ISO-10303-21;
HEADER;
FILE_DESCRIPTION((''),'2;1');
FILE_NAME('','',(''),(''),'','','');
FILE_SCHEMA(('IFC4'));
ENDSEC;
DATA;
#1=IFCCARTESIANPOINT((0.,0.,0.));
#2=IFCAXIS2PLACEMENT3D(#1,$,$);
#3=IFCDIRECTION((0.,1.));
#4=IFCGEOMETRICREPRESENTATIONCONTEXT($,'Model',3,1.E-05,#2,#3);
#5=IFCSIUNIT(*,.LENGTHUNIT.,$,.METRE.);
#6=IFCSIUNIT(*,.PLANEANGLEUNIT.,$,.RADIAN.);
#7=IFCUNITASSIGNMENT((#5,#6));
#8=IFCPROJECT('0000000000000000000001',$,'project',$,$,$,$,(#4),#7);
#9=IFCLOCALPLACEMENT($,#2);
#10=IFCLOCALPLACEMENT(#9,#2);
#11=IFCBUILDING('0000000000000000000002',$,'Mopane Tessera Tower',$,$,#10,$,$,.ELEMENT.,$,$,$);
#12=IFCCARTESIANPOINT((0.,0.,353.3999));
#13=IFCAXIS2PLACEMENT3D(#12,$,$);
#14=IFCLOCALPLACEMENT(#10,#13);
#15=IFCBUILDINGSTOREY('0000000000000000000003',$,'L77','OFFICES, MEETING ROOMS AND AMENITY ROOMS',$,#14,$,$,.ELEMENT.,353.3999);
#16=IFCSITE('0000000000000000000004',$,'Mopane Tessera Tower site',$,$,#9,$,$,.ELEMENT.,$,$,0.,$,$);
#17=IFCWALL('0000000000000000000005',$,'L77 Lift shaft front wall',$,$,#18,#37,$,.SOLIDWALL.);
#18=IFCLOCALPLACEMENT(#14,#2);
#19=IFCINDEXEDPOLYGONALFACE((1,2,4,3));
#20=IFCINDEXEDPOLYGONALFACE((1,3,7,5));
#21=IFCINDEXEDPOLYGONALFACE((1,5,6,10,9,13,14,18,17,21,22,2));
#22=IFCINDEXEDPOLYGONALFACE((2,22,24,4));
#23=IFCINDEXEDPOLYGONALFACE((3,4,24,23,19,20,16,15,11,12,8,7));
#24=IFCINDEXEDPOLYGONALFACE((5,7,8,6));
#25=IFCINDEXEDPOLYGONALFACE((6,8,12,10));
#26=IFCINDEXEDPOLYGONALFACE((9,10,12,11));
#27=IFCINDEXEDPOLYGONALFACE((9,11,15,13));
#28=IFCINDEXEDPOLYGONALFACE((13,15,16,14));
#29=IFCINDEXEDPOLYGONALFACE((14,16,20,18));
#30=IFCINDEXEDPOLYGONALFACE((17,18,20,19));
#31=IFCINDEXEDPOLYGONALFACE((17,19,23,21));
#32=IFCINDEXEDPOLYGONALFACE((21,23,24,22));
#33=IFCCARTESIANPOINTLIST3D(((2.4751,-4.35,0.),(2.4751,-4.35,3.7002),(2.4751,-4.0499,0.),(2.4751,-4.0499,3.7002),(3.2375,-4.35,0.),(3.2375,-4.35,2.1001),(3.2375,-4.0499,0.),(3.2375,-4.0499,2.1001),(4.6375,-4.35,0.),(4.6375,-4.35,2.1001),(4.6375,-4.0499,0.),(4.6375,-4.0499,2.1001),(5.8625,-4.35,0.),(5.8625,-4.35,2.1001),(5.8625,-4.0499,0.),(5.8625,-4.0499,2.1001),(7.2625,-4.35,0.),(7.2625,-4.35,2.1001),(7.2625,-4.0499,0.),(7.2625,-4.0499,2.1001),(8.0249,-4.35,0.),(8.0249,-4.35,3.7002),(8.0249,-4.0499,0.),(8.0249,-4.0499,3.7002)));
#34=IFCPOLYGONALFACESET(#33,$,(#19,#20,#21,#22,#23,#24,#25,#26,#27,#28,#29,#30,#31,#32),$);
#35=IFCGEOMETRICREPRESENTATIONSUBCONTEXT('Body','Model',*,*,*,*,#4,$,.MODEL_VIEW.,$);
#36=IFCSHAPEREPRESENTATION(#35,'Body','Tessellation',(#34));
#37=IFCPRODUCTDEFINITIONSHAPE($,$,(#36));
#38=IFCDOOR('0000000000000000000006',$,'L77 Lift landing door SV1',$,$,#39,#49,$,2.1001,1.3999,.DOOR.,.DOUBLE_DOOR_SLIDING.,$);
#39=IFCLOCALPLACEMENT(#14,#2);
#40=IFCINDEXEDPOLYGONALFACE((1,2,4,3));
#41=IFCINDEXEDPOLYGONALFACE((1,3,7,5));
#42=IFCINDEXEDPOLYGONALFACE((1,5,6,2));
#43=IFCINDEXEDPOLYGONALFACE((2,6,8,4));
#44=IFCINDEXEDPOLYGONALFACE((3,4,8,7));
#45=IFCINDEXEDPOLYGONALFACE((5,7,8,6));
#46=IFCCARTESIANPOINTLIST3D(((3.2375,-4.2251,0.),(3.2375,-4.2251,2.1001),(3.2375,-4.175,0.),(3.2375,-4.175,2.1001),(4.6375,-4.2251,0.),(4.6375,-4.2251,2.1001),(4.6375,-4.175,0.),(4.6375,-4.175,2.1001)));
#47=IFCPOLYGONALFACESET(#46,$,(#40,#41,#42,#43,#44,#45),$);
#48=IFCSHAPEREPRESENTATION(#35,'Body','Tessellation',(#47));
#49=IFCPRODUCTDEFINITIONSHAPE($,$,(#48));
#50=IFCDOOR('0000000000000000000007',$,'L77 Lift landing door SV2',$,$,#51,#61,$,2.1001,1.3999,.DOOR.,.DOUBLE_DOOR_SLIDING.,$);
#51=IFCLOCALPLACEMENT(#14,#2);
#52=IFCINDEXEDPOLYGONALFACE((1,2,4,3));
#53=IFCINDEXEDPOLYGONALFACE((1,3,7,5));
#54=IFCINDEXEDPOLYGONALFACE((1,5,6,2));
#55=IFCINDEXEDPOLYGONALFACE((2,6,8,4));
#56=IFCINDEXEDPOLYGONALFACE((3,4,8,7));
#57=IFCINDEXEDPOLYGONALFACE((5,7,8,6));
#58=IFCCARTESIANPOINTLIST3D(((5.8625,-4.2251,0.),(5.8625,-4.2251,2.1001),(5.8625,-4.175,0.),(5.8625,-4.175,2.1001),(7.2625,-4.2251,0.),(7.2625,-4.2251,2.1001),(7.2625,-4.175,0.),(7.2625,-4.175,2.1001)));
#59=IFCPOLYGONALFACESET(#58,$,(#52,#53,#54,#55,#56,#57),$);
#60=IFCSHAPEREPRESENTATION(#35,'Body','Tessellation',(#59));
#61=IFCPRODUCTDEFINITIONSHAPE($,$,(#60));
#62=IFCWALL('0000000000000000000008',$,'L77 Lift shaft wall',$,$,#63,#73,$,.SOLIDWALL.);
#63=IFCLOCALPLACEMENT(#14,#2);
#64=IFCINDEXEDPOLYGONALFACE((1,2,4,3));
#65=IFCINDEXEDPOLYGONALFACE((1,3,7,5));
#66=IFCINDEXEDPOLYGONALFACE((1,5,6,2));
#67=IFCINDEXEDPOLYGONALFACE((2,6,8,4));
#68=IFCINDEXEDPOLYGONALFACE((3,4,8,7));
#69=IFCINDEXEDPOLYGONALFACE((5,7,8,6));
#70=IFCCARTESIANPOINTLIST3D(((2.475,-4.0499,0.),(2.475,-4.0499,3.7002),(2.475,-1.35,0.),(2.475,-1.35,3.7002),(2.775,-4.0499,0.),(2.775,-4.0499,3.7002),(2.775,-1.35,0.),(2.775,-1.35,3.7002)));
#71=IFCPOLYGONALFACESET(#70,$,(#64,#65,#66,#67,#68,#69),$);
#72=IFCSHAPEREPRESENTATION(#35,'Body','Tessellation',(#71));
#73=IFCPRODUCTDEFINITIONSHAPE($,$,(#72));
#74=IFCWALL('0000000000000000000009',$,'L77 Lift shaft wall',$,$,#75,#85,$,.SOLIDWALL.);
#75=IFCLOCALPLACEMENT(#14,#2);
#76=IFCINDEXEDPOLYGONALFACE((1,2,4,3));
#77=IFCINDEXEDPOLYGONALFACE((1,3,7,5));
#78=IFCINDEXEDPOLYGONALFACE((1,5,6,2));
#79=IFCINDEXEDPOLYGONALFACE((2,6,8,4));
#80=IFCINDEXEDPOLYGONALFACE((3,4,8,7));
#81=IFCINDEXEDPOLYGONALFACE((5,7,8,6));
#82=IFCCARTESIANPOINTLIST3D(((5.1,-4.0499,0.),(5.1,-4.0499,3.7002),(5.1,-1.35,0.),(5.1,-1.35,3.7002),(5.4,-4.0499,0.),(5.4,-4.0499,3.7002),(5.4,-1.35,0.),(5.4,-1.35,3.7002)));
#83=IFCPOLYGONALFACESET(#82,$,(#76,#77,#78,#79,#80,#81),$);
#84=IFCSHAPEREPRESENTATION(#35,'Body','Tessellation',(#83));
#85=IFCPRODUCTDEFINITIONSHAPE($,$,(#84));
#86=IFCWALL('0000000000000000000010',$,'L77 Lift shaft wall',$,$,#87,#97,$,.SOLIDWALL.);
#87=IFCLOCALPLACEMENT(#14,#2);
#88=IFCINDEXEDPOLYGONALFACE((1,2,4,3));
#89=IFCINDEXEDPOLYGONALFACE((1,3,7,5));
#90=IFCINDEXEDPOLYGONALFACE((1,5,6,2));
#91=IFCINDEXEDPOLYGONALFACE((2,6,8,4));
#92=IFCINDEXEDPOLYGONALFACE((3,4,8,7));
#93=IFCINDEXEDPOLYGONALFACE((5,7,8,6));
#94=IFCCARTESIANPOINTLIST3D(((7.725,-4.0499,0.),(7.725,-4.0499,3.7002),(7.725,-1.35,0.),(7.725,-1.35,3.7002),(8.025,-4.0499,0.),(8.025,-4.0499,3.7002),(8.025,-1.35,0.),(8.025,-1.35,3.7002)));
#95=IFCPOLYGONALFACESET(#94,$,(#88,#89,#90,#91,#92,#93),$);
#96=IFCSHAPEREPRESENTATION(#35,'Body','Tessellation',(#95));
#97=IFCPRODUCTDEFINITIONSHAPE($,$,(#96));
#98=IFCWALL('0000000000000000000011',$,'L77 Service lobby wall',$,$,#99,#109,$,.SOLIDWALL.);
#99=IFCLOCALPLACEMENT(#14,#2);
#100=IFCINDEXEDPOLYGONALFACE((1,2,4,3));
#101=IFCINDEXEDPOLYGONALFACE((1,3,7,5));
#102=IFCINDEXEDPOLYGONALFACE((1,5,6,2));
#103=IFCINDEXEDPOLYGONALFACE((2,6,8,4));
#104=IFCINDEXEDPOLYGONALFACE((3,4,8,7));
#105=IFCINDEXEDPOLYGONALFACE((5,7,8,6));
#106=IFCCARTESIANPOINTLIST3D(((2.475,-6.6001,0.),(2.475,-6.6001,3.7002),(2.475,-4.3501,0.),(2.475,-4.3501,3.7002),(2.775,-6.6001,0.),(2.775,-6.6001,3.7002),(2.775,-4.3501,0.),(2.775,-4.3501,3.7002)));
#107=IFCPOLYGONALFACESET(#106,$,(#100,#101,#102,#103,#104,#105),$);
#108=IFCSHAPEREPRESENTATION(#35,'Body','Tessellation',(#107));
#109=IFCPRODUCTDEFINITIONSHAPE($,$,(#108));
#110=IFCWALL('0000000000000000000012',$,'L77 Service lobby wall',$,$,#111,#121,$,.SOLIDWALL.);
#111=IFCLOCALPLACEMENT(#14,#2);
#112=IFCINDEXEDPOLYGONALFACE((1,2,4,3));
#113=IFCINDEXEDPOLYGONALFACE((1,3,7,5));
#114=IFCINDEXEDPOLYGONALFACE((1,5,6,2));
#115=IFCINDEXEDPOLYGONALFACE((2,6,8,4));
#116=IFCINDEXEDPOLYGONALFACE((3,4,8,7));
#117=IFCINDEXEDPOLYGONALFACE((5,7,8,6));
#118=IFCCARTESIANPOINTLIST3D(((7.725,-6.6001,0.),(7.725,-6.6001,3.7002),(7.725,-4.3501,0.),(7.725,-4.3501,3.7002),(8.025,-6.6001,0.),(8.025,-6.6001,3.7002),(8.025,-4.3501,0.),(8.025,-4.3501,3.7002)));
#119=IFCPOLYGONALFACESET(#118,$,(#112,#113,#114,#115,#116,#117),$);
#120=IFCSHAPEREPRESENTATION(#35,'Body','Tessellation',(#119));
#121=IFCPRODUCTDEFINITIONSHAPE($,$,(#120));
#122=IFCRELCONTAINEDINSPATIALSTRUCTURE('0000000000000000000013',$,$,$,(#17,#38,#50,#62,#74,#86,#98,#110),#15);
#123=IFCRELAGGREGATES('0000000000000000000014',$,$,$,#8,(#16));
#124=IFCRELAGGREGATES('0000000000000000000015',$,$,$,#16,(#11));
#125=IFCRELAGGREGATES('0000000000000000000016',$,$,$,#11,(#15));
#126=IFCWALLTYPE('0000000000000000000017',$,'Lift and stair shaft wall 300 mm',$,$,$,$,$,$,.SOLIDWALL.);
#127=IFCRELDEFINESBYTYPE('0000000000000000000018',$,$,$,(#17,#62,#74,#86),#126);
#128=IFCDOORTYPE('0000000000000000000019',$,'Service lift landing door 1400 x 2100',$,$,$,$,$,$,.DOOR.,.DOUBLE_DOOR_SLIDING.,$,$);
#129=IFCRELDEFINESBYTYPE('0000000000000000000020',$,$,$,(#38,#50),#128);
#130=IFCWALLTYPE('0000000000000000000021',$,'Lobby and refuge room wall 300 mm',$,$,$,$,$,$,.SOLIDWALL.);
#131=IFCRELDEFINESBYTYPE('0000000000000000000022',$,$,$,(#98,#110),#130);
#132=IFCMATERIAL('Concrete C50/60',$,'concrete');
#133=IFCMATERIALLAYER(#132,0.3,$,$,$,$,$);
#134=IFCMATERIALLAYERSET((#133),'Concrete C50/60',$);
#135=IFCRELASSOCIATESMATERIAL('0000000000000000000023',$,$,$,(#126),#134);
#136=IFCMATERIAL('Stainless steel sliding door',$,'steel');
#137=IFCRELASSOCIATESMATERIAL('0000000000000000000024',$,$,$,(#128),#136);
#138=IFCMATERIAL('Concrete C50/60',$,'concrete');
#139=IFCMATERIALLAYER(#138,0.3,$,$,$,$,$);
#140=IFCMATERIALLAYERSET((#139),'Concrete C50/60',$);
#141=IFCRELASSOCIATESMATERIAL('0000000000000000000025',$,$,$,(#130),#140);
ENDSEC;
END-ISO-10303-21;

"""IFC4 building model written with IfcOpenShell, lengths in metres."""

from ifc_helpers import new_model, si_unit, direction, frame, frame_2d, origin, place, context, subcontext, project, spatial, rectangle, extrude, material, layer, layer_set, type_object, element, fill, save


model = new_model("IFC4")

# Units and contexts
model_context = context("Model", 3, precision=1e-05, world=origin(), true_north=direction((0.0, 1.0)))
body_context = subcontext(model_context, "Body", "Model", "MODEL_VIEW")
ifc_project = project(units=[si_unit("LENGTHUNIT", "METRE"), si_unit("PLANEANGLEUNIT", "RADIAN")], contexts=[model_context])

# Site, building, storey
site_placement = place(None, origin())
site = spatial("IfcSite", under=ifc_project, at=site_placement, Name="Mopane Tessera Tower site", CompositionType="ELEMENT", RefElevation=0.0)
building_placement = place(site_placement, origin())
building = spatial("IfcBuilding", under=site, at=building_placement, Name="Mopane Tessera Tower", CompositionType="ELEMENT")
storey_placement = place(building_placement, frame((0.0, 0.0, 353.3999)))
storey = spatial("IfcBuildingStorey", under=building, at=storey_placement, Name="L77", Description="OFFICES, MEETING ROOMS AND AMENITY ROOMS", CompositionType="ELEMENT", Elevation=353.3999)

# Wall, openings, doors
ifc_material_1 = material(Name="Concrete C50/60", Category="concrete")
ifc_layer_1 = layer(ifc_material_1, 0.3)
ifc_layer_set_1 = layer_set([ifc_layer_1], Name="Concrete C50/60")
wall_type_1 = type_object("IfcWallType", Name="Lift and stair shaft wall 300 mm", PredefinedType="SOLIDWALL", material=ifc_layer_set_1)
wall_1_placement = place(storey_placement, frame((2.4751, -4.2, 0.0), z_axis=(0.0, 0.0, 1.0), x_axis=(1.0, 0.0, 0.0)))
wall_1 = element("IfcWall", 1, at=wall_1_placement, inside=storey, type_object=wall_type_1, Name="L77 Lift shaft front wall", PredefinedType="SOLIDWALL", context=body_context, shape_type="SweptSolid", body=[
    extrude(rectangle(XDim=5.5498, YDim=0.3, at=frame_2d((2.7749, 0.0))), origin(), (0.0, 0.0, 1.0), 3.7002),
])
opening_1_placement = place(wall_1_placement, frame((0.7625, 0.0, 0.0)))
opening_1 = element("IfcOpeningElement", 2, at=opening_1_placement, cuts=wall_1, PredefinedType="OPENING", context=body_context, shape_type="SweptSolid", body=[
    extrude(rectangle(XDim=1.3999, YDim=2.1001, at=frame_2d((0.7, 1.05))), frame((0.0, 0.1621, 0.0), z_axis=(0.0, -1.0, 0.0), x_axis=(1.0, 0.0, 0.0)), (0.0, 0.0, 1.0), 0.324),
])
opening_2_placement = place(wall_1_placement, frame((3.3875, 0.0, 0.0)))
opening_2 = element("IfcOpeningElement", 3, at=opening_2_placement, cuts=wall_1, PredefinedType="OPENING", context=body_context, shape_type="SweptSolid", body=[
    extrude(rectangle(XDim=1.3999, YDim=2.1001, at=frame_2d((0.7, 1.05))), frame((0.0, 0.1621, 0.0), z_axis=(0.0, -1.0, 0.0), x_axis=(1.0, 0.0, 0.0)), (0.0, 0.0, 1.0), 0.324),
])
ifc_material_2 = material(Name="Stainless steel sliding door", Category="steel")
door_type = type_object("IfcDoorType", Name="Service lift landing door 1400 x 2100", OperationType="DOUBLE_DOOR_SLIDING", PredefinedType="DOOR", material=ifc_material_2)
door_1_placement = place(opening_1_placement, origin())
door_1 = element("IfcDoor", 4, at=door_1_placement, inside=storey, type_object=door_type, Name="L77 Lift landing door SV1", OperationType="DOUBLE_DOOR_SLIDING", OverallHeight=2.1001, OverallWidth=1.3999, PredefinedType="DOOR", context=body_context, shape_type="SweptSolid", body=[
    extrude(rectangle(XDim=1.3999, YDim=2.1001, at=frame_2d((0.7, 1.05))), frame((0.0, 0.0249, 0.0), z_axis=(0.0, -1.0, 0.0), x_axis=(1.0, 0.0, 0.0)), (0.0, 0.0, 1.0), 0.05),
])
fill(opening_1, door_1)
door_2_placement = place(opening_2_placement, origin())
door_2 = element("IfcDoor", 5, at=door_2_placement, inside=storey, type_object=door_type, Name="L77 Lift landing door SV2", OperationType="DOUBLE_DOOR_SLIDING", OverallHeight=2.1001, OverallWidth=1.3999, PredefinedType="DOOR", context=body_context, shape_type="SweptSolid", body=[
    extrude(rectangle(XDim=1.3999, YDim=2.1001, at=frame_2d((0.7, 1.05))), frame((0.0, 0.0249, 0.0), z_axis=(0.0, -1.0, 0.0), x_axis=(1.0, 0.0, 0.0)), (0.0, 0.0, 1.0), 0.05),
])
fill(opening_2, door_2)

# Walls
for number, where, z_axis, x_axis, name in (
    (6, (2.625, -4.05, 0.0), (0.0, 0.0, 1.0), (0.0, 1.0, 0.0), "L77 Lift shaft wall"),
    (7, (5.25, -4.05, 0.0), (0.0, 0.0, 1.0), (0.0, 1.0, 0.0), "L77 Lift shaft wall"),
    (8, (7.875, -4.05, 0.0), (0.0, 0.0, 1.0), (0.0, 1.0, 0.0), "L77 Lift shaft wall"),
):
    element("IfcWall", number, at=place(storey_placement, frame(where, z_axis=z_axis, x_axis=x_axis)), inside=storey, type_object=wall_type_1, Name=name, PredefinedType="SOLIDWALL", context=body_context, shape_type="SweptSolid", body=[
        extrude(rectangle(XDim=2.7, YDim=0.3, at=frame_2d((1.3501, 0.0))), origin(), (0.0, 0.0, 1.0), 3.7002),
    ])
ifc_material_3 = material(Name="Concrete C50/60", Category="concrete")
ifc_layer_2 = layer(ifc_material_3, 0.3)
ifc_layer_set_2 = layer_set([ifc_layer_2], Name="Concrete C50/60")
wall_type_2 = type_object("IfcWallType", Name="Lobby and refuge room wall 300 mm", PredefinedType="SOLIDWALL", material=ifc_layer_set_2)
for number, where, z_axis, x_axis, name in (
    (9, (2.625, -6.6001, 0.0), (0.0, 0.0, 1.0), (0.0, 1.0, 0.0), "L77 Service lobby wall"),
    (10, (7.875, -6.6001, 0.0), (0.0, 0.0, 1.0), (0.0, 1.0, 0.0), "L77 Service lobby wall"),
):
    element("IfcWall", number, at=place(storey_placement, frame(where, z_axis=z_axis, x_axis=x_axis)), inside=storey, type_object=wall_type_2, Name=name, PredefinedType="SOLIDWALL", context=body_context, shape_type="SweptSolid", body=[
        extrude(rectangle(XDim=2.25, YDim=0.3, at=frame_2d((1.125, 0.0))), origin(), (0.0, 0.0, 1.0), 3.7002),
    ])

save(model, "model.ifc")
